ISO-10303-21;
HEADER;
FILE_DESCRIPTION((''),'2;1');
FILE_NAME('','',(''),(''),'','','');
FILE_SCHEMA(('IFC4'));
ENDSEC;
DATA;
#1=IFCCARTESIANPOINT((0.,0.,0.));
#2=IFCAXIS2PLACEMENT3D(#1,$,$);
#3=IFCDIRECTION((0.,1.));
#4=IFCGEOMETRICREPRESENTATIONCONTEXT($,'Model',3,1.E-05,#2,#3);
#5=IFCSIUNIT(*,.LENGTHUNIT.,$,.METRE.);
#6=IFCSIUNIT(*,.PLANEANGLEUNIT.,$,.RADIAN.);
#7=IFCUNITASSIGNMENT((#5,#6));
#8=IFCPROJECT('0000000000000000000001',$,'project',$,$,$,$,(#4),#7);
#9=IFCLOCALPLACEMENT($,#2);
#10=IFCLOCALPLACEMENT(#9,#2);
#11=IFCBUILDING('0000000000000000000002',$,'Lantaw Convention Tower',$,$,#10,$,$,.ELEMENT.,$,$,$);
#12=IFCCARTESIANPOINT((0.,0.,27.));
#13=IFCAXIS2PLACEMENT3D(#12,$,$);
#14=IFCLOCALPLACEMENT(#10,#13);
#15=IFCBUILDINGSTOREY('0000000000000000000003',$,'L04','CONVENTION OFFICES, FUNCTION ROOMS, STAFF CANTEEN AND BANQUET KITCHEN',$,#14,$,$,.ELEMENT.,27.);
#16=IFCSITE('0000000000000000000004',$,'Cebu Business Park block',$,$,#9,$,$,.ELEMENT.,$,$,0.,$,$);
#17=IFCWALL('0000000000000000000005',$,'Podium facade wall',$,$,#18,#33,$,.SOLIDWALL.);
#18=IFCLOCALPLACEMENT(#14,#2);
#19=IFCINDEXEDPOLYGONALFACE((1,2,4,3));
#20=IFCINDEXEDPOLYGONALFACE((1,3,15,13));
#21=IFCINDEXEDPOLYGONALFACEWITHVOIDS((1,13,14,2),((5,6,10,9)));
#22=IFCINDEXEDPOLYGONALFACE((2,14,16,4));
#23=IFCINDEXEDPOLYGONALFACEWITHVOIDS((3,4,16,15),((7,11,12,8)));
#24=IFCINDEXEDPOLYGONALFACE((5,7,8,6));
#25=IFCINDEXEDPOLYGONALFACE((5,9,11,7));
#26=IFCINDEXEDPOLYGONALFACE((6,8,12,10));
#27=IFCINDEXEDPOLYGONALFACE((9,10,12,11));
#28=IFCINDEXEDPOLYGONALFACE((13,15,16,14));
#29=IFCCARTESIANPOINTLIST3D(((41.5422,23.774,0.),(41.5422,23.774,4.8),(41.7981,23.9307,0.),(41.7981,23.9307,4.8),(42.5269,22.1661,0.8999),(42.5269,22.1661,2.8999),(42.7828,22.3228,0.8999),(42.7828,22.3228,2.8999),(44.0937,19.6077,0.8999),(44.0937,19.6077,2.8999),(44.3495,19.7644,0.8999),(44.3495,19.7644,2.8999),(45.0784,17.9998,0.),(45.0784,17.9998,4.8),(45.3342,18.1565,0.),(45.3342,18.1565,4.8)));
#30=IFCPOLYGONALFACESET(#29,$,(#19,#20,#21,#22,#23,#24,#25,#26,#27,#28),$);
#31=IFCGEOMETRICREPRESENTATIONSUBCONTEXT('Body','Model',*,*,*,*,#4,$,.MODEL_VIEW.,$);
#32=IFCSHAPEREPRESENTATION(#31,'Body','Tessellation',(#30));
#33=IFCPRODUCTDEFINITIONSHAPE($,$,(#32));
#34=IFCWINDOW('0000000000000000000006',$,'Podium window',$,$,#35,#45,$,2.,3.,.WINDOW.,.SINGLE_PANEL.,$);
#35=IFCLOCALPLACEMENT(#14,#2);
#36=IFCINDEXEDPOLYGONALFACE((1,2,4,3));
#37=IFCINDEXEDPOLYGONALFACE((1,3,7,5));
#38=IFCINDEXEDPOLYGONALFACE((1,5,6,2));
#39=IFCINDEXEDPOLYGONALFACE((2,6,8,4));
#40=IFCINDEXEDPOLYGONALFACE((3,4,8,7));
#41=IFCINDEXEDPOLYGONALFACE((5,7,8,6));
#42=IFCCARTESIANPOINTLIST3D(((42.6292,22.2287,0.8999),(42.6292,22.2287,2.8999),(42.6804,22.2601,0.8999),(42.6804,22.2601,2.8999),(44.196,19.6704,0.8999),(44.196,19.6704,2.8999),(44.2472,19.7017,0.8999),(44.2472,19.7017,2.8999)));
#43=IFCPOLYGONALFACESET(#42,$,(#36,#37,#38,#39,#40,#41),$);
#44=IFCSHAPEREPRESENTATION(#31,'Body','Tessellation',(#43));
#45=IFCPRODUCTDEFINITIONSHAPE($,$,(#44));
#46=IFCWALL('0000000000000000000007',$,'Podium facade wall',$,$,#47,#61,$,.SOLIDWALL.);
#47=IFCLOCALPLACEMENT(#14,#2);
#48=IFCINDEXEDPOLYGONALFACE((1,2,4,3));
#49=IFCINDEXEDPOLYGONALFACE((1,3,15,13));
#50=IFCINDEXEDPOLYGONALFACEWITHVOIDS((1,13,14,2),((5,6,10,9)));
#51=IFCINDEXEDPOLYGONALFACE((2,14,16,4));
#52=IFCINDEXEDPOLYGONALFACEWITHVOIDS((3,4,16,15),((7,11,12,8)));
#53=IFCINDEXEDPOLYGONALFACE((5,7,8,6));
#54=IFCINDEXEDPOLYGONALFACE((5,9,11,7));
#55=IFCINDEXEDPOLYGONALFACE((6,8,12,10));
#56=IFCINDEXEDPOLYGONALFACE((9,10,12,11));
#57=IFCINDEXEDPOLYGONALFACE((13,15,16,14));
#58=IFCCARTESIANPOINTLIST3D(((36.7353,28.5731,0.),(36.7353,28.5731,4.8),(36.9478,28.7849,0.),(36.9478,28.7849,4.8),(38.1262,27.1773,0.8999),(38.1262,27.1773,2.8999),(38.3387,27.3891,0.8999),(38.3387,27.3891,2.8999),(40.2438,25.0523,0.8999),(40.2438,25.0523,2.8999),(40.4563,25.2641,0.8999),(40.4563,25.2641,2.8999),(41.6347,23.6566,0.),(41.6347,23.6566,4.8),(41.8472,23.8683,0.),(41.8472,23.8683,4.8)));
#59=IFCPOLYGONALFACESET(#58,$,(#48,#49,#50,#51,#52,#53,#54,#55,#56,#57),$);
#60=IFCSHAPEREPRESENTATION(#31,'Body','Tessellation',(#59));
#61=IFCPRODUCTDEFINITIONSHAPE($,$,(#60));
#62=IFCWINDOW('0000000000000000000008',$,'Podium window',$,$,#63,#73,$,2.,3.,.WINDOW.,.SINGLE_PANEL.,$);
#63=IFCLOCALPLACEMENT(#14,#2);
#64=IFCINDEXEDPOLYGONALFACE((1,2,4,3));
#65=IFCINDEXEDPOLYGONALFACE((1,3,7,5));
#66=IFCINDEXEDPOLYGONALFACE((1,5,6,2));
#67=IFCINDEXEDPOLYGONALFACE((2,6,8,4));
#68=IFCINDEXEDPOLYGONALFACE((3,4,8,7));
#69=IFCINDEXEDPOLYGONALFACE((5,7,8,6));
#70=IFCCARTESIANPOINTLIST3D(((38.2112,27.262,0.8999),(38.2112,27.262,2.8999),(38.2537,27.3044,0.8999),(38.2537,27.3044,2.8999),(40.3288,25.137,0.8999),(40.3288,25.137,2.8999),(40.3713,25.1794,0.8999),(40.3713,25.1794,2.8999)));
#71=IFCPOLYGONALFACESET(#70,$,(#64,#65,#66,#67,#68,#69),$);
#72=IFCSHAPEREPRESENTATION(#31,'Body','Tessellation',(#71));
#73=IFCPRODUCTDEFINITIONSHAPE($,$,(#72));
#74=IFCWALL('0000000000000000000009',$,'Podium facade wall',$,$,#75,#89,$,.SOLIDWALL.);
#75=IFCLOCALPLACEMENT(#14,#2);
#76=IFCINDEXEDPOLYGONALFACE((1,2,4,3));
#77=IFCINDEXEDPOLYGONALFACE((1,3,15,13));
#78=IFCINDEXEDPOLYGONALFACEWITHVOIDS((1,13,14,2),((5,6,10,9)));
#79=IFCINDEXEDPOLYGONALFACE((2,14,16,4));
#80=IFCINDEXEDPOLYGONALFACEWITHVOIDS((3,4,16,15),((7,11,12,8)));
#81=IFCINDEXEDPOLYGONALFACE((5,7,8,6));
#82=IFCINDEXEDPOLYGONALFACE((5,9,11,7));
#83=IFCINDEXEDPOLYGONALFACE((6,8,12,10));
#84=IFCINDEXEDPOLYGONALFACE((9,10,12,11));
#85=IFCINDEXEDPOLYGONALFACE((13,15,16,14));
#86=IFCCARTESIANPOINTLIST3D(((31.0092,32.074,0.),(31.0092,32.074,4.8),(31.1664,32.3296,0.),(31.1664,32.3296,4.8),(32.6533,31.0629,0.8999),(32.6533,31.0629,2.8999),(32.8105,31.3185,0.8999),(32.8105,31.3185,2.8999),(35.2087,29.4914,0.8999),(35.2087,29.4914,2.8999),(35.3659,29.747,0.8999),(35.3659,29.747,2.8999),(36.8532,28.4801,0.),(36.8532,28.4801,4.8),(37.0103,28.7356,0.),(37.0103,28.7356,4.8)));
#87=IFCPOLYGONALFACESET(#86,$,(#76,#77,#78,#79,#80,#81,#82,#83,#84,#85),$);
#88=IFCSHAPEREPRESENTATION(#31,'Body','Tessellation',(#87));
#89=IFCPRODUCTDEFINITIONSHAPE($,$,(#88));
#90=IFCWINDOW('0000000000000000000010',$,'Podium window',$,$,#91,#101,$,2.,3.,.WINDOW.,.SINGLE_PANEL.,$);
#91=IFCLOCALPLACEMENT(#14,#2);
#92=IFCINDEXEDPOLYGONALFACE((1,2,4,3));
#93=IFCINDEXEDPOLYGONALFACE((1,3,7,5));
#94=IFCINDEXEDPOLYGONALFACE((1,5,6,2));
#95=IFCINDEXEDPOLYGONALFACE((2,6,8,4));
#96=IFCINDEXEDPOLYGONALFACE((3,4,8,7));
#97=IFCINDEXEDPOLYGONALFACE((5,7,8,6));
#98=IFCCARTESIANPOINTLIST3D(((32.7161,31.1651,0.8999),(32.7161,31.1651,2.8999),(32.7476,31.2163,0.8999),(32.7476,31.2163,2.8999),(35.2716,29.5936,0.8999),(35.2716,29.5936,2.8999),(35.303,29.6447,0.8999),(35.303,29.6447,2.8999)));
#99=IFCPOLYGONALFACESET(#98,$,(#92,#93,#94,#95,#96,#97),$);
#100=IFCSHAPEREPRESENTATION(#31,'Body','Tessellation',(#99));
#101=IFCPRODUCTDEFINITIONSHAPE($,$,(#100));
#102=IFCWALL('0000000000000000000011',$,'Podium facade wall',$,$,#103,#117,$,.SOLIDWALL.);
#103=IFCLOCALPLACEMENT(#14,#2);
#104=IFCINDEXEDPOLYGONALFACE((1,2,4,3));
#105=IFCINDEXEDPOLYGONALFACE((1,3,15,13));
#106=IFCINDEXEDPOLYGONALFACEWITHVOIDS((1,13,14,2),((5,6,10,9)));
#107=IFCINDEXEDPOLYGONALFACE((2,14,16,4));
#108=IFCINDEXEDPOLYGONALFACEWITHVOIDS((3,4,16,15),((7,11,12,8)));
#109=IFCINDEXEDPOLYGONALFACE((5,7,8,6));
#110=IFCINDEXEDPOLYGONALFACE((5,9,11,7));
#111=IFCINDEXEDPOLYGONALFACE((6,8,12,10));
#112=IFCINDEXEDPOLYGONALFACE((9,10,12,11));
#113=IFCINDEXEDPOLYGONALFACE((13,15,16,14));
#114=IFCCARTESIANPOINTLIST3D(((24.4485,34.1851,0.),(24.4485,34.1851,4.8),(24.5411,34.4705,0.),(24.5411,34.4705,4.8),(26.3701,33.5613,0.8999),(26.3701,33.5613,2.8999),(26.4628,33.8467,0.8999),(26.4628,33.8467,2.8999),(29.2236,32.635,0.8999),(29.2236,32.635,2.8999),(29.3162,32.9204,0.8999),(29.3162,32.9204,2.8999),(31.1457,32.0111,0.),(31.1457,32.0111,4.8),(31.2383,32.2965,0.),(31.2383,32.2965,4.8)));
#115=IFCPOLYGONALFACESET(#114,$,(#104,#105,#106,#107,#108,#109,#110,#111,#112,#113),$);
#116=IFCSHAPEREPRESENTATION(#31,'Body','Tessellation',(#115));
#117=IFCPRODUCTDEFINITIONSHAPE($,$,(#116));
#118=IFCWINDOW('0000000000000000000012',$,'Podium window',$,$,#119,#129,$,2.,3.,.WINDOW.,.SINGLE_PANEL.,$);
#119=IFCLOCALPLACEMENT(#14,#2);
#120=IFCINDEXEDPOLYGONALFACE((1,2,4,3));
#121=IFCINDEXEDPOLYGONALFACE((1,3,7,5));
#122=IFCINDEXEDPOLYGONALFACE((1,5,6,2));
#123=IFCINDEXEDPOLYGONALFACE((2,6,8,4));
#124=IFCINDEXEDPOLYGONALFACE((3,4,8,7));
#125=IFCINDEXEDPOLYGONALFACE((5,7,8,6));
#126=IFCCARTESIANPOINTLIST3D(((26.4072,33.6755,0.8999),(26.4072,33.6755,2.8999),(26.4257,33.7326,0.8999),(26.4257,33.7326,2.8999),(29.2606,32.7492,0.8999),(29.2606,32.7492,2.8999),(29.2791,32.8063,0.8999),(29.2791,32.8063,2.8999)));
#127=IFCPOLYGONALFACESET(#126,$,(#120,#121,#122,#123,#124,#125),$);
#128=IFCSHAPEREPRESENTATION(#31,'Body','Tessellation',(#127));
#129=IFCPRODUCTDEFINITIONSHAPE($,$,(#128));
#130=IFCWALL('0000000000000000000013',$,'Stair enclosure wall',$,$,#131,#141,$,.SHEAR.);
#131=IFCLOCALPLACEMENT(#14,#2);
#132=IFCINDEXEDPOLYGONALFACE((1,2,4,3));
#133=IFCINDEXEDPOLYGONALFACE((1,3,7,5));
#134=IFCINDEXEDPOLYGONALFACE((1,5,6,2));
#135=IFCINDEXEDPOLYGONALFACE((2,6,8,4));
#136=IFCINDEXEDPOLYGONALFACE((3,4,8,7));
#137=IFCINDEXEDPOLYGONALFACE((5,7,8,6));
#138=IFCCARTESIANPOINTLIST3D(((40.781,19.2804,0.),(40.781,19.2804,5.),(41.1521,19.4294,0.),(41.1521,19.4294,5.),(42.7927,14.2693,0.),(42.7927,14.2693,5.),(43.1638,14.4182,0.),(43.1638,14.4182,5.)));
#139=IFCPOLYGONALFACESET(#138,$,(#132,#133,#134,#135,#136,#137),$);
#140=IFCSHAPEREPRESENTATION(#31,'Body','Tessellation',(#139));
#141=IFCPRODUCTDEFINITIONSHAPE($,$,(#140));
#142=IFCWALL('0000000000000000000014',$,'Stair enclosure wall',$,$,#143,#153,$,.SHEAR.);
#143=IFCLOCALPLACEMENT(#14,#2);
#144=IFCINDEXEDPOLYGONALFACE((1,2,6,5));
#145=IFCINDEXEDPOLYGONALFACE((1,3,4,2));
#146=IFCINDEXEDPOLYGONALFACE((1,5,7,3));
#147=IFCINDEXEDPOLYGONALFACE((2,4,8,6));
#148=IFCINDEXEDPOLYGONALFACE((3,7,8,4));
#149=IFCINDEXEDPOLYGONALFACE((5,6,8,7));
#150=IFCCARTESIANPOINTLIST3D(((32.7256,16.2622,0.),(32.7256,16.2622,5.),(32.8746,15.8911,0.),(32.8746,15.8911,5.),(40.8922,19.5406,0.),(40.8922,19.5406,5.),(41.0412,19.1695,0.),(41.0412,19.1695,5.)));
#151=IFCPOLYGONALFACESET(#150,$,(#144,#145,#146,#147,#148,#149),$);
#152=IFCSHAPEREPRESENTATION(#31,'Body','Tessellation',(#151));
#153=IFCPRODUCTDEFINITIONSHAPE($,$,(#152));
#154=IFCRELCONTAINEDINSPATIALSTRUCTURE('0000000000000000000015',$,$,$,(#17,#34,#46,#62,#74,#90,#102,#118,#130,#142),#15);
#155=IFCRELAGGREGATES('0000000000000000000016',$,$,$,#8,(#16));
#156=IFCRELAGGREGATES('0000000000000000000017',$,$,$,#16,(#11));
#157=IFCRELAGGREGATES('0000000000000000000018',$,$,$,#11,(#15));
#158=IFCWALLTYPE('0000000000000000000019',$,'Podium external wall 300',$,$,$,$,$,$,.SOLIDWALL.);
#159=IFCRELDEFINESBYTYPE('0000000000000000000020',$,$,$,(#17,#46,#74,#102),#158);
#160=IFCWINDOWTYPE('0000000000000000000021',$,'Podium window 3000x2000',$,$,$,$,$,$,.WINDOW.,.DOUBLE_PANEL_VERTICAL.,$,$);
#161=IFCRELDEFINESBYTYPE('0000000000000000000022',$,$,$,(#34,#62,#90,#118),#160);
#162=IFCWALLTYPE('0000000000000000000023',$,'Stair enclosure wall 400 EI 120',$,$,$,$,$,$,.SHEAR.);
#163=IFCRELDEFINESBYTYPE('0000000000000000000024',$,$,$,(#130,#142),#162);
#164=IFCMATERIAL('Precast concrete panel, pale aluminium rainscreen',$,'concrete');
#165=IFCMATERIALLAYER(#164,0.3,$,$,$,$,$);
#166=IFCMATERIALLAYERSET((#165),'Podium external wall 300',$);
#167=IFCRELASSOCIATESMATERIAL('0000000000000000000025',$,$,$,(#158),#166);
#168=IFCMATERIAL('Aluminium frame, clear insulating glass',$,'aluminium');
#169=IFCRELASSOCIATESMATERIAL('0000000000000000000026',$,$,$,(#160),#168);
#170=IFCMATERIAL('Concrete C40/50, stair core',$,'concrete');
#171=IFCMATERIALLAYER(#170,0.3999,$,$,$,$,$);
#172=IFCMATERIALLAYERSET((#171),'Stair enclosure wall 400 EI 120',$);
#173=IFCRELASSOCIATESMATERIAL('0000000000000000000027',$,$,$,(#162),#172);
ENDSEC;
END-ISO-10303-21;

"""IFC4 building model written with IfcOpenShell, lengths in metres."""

from ifc_helpers import new_model, si_unit, direction, frame, frame_2d, origin, place, context, subcontext, project, spatial, rectangle, extrude, material, layer, layer_set, type_object, element, fill, save


model = new_model("IFC4")

# Units and contexts
model_context = context("Model", 3, precision=1e-05, world=origin(), true_north=direction((0.0, 1.0)))
body_context = subcontext(model_context, "Body", "Model", "MODEL_VIEW")
ifc_project = project(units=[si_unit("LENGTHUNIT", "METRE"), si_unit("PLANEANGLEUNIT", "RADIAN")], contexts=[model_context])

# Site, building, storey
site_placement = place(None, origin())
site = spatial("IfcSite", under=ifc_project, at=site_placement, Name="Cebu Business Park block", CompositionType="ELEMENT", RefElevation=0.0)
building_placement = place(site_placement, origin())
building = spatial("IfcBuilding", under=site, at=building_placement, Name="Lantaw Convention Tower", CompositionType="ELEMENT")
storey_placement = place(building_placement, frame((0.0, 0.0, 27.0)))
storey = spatial("IfcBuildingStorey", under=building, at=storey_placement, Name="L04", Description="CONVENTION OFFICES, FUNCTION ROOMS, STAFF CANTEEN AND BANQUET KITCHEN", CompositionType="ELEMENT", Elevation=27.0)

# Walls, openings, windows
ifc_material_1 = material(Name="Precast concrete panel, pale aluminium rainscreen", Category="concrete")
ifc_layer_1 = layer(ifc_material_1, 0.3)
ifc_layer_set_1 = layer_set([ifc_layer_1], Name="Podium external wall 300")
wall_type_1 = type_object("IfcWallType", Name="Podium external wall 300", PredefinedType="SOLIDWALL", material=ifc_layer_set_1)
wall_1_placement = place(storey_placement, frame((45.2063, 18.0781, 0.0), z_axis=(0.0, 0.0, 1.0), x_axis=(-0.522253, 0.85279, 0.0)))
wall_1 = element("IfcWall", 1, at=wall_1_placement, inside=storey, type_object=wall_type_1, Name="Podium facade wall", PredefinedType="SOLIDWALL", context=body_context, shape_type="SweptSolid", body=[
    extrude(rectangle(XDim=6.771, YDim=0.3, at=frame_2d((3.3855, 0.0))), origin(), (0.0, 0.0, 1.0), 4.8),
])
opening_1_placement = place(wall_1_placement, frame((1.8855, 0.0, 0.8999)))
opening_1 = element("IfcOpeningElement", 2, at=opening_1_placement, cuts=wall_1, PredefinedType="OPENING", context=body_context, shape_type="SweptSolid", body=[
    extrude(rectangle(XDim=3.0, YDim=2.0, at=frame_2d((1.5, 1.0))), frame((0.0, 0.1599, 0.0), z_axis=(0.0, -1.0, 0.0), x_axis=(1.0, 0.0, 0.0)), (0.0, 0.0, 1.0), 0.3201),
])
ifc_material_2 = material(Name="Aluminium frame, clear insulating glass", Category="aluminium")
window_type = type_object("IfcWindowType", Name="Podium window 3000x2000", PartitioningType="DOUBLE_PANEL_VERTICAL", PredefinedType="WINDOW", material=ifc_material_2)
window_1_placement = place(opening_1_placement, origin())
window_1 = element("IfcWindow", 3, at=window_1_placement, inside=storey, type_object=window_type, Name="Podium window", OverallHeight=2.0, OverallWidth=3.0, PartitioningType="SINGLE_PANEL", PredefinedType="WINDOW", context=body_context, shape_type="SweptSolid", body=[
    extrude(rectangle(XDim=3.0, YDim=2.0, at=frame_2d((1.5, 1.0))), frame((0.0, 0.03, 0.0), z_axis=(0.0, -1.0, 0.0), x_axis=(1.0, 0.0, 0.0)), (0.0, 0.0, 1.0), 0.0601),
])
fill(opening_1, window_1)
wall_2_placement = place(storey_placement, frame((41.741, 23.7625, 0.0), z_axis=(0.0, 0.0, 1.0), x_axis=(-0.705875, 0.708337, 0.0)))
wall_2 = element("IfcWall", 4, at=wall_2_placement, inside=storey, type_object=wall_type_1, Name="Podium facade wall", PredefinedType="SOLIDWALL", context=body_context, shape_type="SweptSolid", body=[
    extrude(rectangle(XDim=6.9409, YDim=0.3, at=frame_2d((3.4705, 0.0))), origin(), (0.0, 0.0, 1.0), 4.8),
])
opening_2_placement = place(wall_2_placement, frame((1.9705, 0.0, 0.8999)))
opening_2 = element("IfcOpeningElement", 5, at=opening_2_placement, cuts=wall_2, PredefinedType="OPENING", context=body_context, shape_type="SweptSolid", body=[
    extrude(rectangle(XDim=3.0, YDim=2.0, at=frame_2d((1.5, 1.0))), frame((0.0, 0.1599, 0.0), z_axis=(0.0, -1.0, 0.0), x_axis=(1.0, 0.0, 0.0)), (0.0, 0.0, 1.0), 0.3201),
])
window_2_placement = place(opening_2_placement, origin())
window_2 = element("IfcWindow", 6, at=window_2_placement, inside=storey, type_object=window_type, Name="Podium window", OverallHeight=2.0, OverallWidth=3.0, PartitioningType="SINGLE_PANEL", PredefinedType="WINDOW", context=body_context, shape_type="SweptSolid", body=[
    extrude(rectangle(XDim=3.0, YDim=2.0, at=frame_2d((1.5, 1.0))), frame((0.0, 0.03, 0.0), z_axis=(0.0, -1.0, 0.0), x_axis=(1.0, 0.0, 0.0)), (0.0, 0.0, 1.0), 0.0601),
])
fill(opening_2, window_2)
wall_3_placement = place(storey_placement, frame((36.9316, 28.6079, 0.0), z_axis=(0.0, 0.0, 1.0), x_axis=(-0.851809, 0.523853, 0.0)))
wall_3 = element("IfcWall", 7, at=wall_3_placement, inside=storey, type_object=wall_type_1, Name="Podium facade wall", PredefinedType="SOLIDWALL", context=body_context, shape_type="SweptSolid", body=[
    extrude(rectangle(XDim=6.8606, YDim=0.3, at=frame_2d((3.4302, 0.0))), origin(), (0.0, 0.0, 1.0), 4.8),
])
opening_3_placement = place(wall_3_placement, frame((1.9304, 0.0, 0.8999)))
opening_3 = element("IfcOpeningElement", 8, at=opening_3_placement, cuts=wall_3, PredefinedType="OPENING", context=body_context, shape_type="SweptSolid", body=[
    extrude(rectangle(XDim=3.0, YDim=2.0, at=frame_2d((1.5, 1.0))), frame((0.0, 0.1599, 0.0), z_axis=(0.0, -1.0, 0.0), x_axis=(1.0, 0.0, 0.0)), (0.0, 0.0, 1.0), 0.3201),
])
window_3_placement = place(opening_3_placement, origin())
window_3 = element("IfcWindow", 9, at=window_3_placement, inside=storey, type_object=window_type, Name="Podium window", OverallHeight=2.0, OverallWidth=3.0, PartitioningType="SINGLE_PANEL", PredefinedType="WINDOW", context=body_context, shape_type="SweptSolid", body=[
    extrude(rectangle(XDim=3.0, YDim=2.0, at=frame_2d((1.5, 1.0))), frame((0.0, 0.03, 0.0), z_axis=(0.0, -1.0, 0.0), x_axis=(1.0, 0.0, 0.0)), (0.0, 0.0, 1.0), 0.0601),
])
fill(opening_3, window_3)
wall_4_placement = place(storey_placement, frame((31.1919, 32.1538, 0.0), z_axis=(0.0, 0.0, 1.0), x_axis=(-0.95114, 0.30876, 0.0)))
wall_4 = element("IfcWall", 10, at=wall_4_placement, inside=storey, type_object=wall_type_1, Name="Podium facade wall", PredefinedType="SOLIDWALL", context=body_context, shape_type="SweptSolid", body=[
    extrude(rectangle(XDim=7.0413, YDim=0.3, at=frame_2d((3.5205, 0.0))), origin(), (0.0, 0.0, 1.0), 4.8),
])
opening_4_placement = place(wall_4_placement, frame((2.0208, 0.0, 0.8999)))
opening_4 = element("IfcOpeningElement", 11, at=opening_4_placement, cuts=wall_4, PredefinedType="OPENING", context=body_context, shape_type="SweptSolid", body=[
    extrude(rectangle(XDim=3.0, YDim=2.0, at=frame_2d((1.5, 1.0))), frame((0.0, 0.1599, 0.0), z_axis=(0.0, -1.0, 0.0), x_axis=(1.0, 0.0, 0.0)), (0.0, 0.0, 1.0), 0.3201),
])
window_4_placement = place(opening_4_placement, origin())
window_4 = element("IfcWindow", 12, at=window_4_placement, inside=storey, type_object=window_type, Name="Podium window", OverallHeight=2.0, OverallWidth=3.0, PartitioningType="SINGLE_PANEL", PredefinedType="WINDOW", context=body_context, shape_type="SweptSolid", body=[
    extrude(rectangle(XDim=3.0, YDim=2.0, at=frame_2d((1.5, 1.0))), frame((0.0, 0.03, 0.0), z_axis=(0.0, -1.0, 0.0), x_axis=(1.0, 0.0, 0.0)), (0.0, 0.0, 1.0), 0.0601),
])
fill(opening_4, window_4)

# Walls
ifc_material_3 = material(Name="Concrete C40/50, stair core", Category="concrete")
ifc_layer_2 = layer(ifc_material_3, 0.3999)
ifc_layer_set_2 = layer_set([ifc_layer_2], Name="Stair enclosure wall 400 EI 120")
wall_type_2 = type_object("IfcWallType", Name="Stair enclosure wall 400 EI 120", PredefinedType="SHEAR", material=ifc_layer_set_2)
wall_5_placement = place(storey_placement, frame((42.9783, 14.3438, 0.0), z_axis=(0.0, 0.0, 1.0), x_axis=(-0.372544, 0.928015, 0.0)))
element("IfcWall", 13, at=wall_5_placement, inside=storey, type_object=wall_type_2, Name="Stair enclosure wall", PredefinedType="SHEAR", context=body_context, shape_type="SweptSolid", body=[
    extrude(rectangle(XDim=5.3999, YDim=0.3999, at=frame_2d((2.7, 0.0))), origin(), (0.0, 0.0, 1.0), 5.0),
])
wall_6_placement = place(storey_placement, frame((40.9666, 19.355, 0.0), z_axis=(0.0, 0.0, 1.0), x_axis=(-0.928017, -0.372538, 0.0)))
element("IfcWall", 14, at=wall_6_placement, inside=storey, type_object=wall_type_2, Name="Stair enclosure wall", PredefinedType="SHEAR", context=body_context, shape_type="SweptSolid", body=[
    extrude(rectangle(XDim=8.8, YDim=0.3999, at=frame_2d((4.3999, 0.0))), origin(), (0.0, 0.0, 1.0), 5.0),
])

save(model, "model.ifc")
